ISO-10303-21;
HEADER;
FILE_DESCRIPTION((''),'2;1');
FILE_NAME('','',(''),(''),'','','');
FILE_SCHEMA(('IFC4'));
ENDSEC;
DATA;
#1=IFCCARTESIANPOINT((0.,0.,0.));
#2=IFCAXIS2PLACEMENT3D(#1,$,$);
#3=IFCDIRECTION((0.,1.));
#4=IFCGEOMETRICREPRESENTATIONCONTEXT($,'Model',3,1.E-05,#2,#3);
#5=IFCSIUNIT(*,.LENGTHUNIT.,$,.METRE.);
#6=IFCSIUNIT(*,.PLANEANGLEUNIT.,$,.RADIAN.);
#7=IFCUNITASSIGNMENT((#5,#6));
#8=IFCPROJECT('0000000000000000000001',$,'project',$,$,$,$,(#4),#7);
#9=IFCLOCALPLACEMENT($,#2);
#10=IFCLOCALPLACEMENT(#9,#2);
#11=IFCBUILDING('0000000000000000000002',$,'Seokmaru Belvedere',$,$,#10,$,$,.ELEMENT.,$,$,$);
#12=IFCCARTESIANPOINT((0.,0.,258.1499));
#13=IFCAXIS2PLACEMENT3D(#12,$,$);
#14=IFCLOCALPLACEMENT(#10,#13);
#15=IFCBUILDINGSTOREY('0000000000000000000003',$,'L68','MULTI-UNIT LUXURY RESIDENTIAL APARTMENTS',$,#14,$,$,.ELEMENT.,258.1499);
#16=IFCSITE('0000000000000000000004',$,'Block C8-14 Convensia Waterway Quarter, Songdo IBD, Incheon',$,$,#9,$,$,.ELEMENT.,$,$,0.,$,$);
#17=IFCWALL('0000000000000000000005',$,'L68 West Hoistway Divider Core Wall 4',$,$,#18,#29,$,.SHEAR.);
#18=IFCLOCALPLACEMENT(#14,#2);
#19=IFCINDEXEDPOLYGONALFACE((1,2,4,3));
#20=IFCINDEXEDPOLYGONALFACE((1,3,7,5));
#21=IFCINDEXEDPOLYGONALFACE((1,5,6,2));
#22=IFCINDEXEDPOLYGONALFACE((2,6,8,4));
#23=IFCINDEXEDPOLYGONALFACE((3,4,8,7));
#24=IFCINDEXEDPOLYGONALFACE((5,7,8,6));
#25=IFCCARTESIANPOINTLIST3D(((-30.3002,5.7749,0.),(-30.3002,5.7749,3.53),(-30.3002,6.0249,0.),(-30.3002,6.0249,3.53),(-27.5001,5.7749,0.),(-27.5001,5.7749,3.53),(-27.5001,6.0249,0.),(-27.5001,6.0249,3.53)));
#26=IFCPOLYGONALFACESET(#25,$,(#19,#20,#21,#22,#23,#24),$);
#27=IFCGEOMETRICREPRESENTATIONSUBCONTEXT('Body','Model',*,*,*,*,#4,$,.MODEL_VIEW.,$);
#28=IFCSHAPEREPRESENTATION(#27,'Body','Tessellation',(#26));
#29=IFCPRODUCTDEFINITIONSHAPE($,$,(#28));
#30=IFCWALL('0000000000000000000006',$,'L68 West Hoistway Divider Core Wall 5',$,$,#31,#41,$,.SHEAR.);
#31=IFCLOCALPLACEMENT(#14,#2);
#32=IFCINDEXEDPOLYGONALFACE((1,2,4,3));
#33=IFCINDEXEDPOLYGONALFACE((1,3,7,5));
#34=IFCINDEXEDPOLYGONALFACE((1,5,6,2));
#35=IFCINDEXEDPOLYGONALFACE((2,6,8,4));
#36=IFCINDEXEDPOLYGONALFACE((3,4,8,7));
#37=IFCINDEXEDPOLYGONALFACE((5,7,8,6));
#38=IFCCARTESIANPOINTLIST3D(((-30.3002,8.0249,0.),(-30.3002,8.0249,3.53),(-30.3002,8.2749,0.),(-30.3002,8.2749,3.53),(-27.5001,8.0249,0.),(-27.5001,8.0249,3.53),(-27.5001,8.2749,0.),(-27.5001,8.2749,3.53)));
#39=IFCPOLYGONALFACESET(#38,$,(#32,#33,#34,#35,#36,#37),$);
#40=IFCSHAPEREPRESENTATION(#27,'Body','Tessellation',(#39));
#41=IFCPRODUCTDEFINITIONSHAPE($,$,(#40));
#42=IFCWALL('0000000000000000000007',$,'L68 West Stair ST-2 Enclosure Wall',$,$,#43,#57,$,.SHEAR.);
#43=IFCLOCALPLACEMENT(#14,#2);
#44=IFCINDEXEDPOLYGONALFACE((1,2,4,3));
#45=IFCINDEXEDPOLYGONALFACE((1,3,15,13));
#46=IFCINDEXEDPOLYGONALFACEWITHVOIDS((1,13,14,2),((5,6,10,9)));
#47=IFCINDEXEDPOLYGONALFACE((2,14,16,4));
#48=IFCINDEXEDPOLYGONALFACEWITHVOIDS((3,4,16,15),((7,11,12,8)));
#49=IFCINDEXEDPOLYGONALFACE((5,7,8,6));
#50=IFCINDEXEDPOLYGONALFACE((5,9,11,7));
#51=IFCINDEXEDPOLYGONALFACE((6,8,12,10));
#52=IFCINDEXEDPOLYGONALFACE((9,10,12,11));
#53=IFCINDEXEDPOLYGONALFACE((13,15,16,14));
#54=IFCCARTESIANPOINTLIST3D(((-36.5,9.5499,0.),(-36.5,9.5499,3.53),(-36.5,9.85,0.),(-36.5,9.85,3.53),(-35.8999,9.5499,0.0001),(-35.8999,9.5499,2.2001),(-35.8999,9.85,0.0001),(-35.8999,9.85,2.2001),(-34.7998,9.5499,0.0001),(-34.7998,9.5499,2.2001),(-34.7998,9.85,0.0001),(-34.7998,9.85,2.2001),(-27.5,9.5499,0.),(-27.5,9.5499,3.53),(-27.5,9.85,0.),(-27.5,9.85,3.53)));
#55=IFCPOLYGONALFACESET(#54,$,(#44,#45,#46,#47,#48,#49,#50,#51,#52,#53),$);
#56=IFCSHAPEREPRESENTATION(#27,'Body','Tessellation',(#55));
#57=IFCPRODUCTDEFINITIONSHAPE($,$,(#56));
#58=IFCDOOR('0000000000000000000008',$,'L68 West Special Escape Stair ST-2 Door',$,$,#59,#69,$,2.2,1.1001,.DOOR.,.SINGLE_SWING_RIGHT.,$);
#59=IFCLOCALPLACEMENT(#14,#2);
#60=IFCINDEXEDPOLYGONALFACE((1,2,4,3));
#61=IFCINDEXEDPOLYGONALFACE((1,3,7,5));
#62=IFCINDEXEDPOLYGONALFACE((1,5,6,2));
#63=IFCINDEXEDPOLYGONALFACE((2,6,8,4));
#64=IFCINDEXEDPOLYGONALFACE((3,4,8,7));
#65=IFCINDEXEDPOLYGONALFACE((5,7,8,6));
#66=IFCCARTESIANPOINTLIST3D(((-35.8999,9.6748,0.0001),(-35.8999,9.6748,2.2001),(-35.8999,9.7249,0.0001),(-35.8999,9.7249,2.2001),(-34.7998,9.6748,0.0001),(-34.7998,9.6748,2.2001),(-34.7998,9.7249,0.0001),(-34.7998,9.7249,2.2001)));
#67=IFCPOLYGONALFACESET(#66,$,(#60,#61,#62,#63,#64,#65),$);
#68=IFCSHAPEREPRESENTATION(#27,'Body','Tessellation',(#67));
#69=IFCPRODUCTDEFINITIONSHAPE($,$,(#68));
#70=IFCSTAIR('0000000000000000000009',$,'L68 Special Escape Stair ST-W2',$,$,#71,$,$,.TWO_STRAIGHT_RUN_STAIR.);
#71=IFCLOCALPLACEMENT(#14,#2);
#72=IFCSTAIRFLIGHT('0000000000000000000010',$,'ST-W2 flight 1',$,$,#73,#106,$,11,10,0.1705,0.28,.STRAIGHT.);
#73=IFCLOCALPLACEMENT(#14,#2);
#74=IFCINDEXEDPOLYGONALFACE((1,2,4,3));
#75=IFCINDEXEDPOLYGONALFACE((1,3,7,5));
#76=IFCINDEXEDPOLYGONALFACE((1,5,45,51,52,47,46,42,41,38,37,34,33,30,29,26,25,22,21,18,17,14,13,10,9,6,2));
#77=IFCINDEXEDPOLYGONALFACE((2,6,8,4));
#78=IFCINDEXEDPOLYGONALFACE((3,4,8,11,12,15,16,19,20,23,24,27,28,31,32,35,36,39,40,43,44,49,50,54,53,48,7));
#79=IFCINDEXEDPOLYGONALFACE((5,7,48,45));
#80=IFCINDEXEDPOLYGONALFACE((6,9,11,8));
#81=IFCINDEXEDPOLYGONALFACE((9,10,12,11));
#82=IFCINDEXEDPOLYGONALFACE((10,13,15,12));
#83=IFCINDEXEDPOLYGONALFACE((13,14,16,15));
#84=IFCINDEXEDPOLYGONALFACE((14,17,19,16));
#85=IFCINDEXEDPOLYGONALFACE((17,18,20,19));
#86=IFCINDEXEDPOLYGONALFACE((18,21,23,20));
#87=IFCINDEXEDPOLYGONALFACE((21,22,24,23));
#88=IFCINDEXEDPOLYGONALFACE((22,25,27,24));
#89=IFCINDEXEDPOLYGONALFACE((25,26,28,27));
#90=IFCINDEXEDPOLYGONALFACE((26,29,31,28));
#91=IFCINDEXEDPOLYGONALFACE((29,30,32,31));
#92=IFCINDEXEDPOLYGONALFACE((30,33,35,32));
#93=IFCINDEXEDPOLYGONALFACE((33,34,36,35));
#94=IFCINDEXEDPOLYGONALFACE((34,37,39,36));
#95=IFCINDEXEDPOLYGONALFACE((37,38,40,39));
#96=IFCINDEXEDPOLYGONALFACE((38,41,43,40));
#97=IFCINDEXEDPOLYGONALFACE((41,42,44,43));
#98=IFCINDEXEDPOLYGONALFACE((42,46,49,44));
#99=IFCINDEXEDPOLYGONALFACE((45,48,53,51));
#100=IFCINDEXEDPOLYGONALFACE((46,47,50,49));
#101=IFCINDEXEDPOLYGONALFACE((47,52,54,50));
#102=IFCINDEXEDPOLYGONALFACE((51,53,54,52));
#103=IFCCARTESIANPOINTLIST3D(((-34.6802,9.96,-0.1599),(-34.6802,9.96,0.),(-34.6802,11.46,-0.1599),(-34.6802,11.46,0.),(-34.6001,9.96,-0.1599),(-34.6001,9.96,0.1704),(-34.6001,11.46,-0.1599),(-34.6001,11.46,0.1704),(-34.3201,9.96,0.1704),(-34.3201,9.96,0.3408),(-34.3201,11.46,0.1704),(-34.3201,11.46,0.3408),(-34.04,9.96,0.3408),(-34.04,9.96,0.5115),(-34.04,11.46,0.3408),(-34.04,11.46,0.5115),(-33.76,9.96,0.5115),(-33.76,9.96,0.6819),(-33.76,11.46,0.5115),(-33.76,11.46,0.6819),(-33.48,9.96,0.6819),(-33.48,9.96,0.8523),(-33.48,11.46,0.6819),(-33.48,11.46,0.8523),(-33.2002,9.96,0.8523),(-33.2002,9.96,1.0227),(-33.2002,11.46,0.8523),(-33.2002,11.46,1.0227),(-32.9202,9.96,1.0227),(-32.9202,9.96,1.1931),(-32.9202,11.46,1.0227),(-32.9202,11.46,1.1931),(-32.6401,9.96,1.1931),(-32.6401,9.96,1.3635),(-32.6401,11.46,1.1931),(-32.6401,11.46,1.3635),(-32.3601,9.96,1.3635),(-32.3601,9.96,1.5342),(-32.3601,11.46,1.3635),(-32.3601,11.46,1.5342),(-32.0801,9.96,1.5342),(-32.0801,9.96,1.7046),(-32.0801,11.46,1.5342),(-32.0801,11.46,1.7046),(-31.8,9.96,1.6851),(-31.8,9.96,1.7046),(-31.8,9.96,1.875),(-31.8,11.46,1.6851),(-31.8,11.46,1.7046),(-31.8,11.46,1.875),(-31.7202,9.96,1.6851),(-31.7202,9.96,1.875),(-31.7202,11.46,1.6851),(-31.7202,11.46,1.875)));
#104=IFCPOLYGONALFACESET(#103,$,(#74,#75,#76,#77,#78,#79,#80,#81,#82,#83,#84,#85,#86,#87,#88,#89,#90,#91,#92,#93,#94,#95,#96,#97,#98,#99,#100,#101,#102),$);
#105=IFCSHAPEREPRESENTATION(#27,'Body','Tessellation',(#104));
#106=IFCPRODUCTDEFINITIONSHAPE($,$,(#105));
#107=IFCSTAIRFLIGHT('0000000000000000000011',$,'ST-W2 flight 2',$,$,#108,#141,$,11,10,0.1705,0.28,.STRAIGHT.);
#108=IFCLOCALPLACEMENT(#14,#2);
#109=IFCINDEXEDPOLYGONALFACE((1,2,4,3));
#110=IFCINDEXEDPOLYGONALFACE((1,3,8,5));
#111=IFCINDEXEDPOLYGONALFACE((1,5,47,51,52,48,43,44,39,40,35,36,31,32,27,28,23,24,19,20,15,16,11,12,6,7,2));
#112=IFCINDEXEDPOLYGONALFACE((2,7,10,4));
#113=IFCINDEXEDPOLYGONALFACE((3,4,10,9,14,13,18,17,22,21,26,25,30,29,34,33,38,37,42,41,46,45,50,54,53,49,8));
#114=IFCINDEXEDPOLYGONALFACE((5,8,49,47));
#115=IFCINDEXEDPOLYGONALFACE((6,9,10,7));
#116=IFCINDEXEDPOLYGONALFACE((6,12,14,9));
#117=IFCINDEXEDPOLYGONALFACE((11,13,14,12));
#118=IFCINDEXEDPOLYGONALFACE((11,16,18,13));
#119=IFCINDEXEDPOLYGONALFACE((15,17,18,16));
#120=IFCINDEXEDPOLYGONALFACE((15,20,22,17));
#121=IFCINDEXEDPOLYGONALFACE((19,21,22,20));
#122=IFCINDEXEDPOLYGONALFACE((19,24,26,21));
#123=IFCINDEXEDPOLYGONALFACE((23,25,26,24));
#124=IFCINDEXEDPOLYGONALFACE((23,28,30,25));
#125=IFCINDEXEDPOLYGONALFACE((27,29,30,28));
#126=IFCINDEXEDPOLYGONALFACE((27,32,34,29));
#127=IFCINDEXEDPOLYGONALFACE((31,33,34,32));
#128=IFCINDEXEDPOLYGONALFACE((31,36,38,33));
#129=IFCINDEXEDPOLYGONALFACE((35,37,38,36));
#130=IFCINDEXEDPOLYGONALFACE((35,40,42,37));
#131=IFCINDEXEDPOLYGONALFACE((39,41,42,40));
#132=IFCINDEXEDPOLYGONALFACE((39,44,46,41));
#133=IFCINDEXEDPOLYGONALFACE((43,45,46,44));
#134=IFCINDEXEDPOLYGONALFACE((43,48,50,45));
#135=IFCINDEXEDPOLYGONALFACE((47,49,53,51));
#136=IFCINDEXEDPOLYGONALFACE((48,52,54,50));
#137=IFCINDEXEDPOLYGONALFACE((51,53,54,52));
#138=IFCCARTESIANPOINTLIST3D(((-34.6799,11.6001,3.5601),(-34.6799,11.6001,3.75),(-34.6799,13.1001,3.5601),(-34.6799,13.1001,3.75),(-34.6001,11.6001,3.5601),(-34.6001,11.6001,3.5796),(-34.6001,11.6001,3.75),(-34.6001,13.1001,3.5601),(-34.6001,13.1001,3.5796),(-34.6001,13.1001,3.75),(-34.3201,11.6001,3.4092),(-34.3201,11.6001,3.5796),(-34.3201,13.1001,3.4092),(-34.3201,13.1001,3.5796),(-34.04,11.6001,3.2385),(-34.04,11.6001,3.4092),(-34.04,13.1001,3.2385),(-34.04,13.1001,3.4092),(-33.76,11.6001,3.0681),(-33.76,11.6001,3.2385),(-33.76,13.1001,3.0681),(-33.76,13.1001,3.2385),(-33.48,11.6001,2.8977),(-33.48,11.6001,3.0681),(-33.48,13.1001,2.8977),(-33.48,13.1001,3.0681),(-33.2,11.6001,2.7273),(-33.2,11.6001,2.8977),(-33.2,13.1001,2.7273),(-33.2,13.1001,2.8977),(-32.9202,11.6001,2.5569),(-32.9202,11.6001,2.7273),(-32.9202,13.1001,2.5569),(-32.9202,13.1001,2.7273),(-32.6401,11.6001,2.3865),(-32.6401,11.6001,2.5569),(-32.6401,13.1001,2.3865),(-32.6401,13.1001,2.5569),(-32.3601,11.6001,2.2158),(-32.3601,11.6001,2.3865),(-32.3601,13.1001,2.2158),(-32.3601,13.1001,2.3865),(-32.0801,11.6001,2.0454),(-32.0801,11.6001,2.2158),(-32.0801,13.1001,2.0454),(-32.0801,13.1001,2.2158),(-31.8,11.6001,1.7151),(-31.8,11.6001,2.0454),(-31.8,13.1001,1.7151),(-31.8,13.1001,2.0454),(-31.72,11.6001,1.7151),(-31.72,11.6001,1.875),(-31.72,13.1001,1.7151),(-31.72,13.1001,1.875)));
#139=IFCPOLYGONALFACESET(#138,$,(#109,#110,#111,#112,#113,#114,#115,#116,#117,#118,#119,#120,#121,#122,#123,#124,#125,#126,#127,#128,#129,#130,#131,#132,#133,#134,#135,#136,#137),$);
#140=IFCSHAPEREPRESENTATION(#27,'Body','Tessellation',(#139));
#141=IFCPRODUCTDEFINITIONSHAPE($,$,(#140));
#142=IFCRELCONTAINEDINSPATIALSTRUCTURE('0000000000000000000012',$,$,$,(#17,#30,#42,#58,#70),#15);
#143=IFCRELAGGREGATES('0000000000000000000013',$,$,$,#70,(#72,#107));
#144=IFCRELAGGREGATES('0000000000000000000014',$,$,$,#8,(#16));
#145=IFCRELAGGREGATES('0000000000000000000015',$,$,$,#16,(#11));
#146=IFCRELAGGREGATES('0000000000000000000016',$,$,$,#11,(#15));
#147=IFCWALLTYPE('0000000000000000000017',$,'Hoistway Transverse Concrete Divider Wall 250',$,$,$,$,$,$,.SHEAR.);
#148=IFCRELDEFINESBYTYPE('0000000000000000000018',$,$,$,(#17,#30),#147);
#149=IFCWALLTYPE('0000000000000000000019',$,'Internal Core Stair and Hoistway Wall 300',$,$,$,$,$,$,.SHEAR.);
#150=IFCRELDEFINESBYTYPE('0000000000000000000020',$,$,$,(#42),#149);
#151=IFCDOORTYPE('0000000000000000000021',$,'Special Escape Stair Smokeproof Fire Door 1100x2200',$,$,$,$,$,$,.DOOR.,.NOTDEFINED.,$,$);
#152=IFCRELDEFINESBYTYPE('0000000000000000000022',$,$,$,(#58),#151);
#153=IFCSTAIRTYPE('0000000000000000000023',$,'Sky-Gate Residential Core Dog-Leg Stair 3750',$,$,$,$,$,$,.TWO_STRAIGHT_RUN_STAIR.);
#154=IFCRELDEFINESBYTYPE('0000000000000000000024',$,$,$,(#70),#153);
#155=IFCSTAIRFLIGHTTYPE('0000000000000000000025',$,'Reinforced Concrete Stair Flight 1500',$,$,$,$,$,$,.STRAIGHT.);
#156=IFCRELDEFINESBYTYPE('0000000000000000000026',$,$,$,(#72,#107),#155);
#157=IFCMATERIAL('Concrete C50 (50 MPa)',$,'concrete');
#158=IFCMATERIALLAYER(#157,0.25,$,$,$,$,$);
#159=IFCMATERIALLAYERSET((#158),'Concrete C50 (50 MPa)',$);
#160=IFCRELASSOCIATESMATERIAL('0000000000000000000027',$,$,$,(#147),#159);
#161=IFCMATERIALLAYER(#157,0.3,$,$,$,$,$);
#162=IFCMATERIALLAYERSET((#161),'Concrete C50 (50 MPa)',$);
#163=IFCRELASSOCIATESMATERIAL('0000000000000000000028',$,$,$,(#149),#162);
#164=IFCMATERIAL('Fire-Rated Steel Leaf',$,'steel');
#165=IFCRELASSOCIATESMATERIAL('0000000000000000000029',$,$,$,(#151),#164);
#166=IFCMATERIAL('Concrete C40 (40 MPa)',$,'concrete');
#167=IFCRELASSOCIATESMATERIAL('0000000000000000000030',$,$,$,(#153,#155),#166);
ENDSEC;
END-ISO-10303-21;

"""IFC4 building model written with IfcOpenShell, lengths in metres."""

from ifc_helpers import new_model, si_unit, direction, frame, frame_2d, origin, place, context, subcontext, project, spatial, polyline, rectangle, outline, extrude, source, transform, mapped, material, layer, layer_set, type_object, type_shapes, element, fill, aggregate, save


model = new_model("IFC4")

# Units and contexts
model_context = context("Model", 3, precision=1e-05, world=origin(), true_north=direction((0.0, 1.0)))
body_context = subcontext(model_context, "Body", "Model", "MODEL_VIEW")
ifc_project = project(units=[si_unit("LENGTHUNIT", "METRE"), si_unit("PLANEANGLEUNIT", "RADIAN")], contexts=[model_context])

# Site, building, storey
site_placement = place(None, origin())
site = spatial("IfcSite", under=ifc_project, at=site_placement, Name="Block C8-14 Convensia Waterway Quarter, Songdo IBD, Incheon", CompositionType="ELEMENT", RefElevation=0.0)
building_placement = place(site_placement, origin())
building = spatial("IfcBuilding", under=site, at=building_placement, Name="Seokmaru Belvedere", CompositionType="ELEMENT")
storey_placement = place(building_placement, frame((0.0, 0.0, 258.1499)))
storey = spatial("IfcBuildingStorey", under=building, at=storey_placement, Name="L68", Description="MULTI-UNIT LUXURY RESIDENTIAL APARTMENTS", CompositionType="ELEMENT", Elevation=258.1499)

# Shared definitions
ifc_material_1 = material(Name="Fire-Rated Steel Leaf", Category="steel")

# Walls
ifc_material_2 = material(Name="Concrete C50 (50 MPa)", Category="concrete")
ifc_layer_1 = layer(ifc_material_2, 0.25)
ifc_layer_set_1 = layer_set([ifc_layer_1], Name="Concrete C50 (50 MPa)")
wall_type_1 = type_object("IfcWallType", Name="Hoistway Transverse Concrete Divider Wall 250", PredefinedType="SHEAR", material=ifc_layer_set_1)
for number, where, z_axis, x_axis, name in (
    (1, (-30.3, 5.8999, 0.0), (0.0, 0.0, 1.0), (1.0, 0.0, 0.0), "L68 West Hoistway Divider Core Wall 4"),
    (2, (-30.3, 8.1499, 0.0), (0.0, 0.0, 1.0), (1.0, 0.0, 0.0), "L68 West Hoistway Divider Core Wall 5"),
):
    element("IfcWall", number, at=place(storey_placement, frame(where, z_axis=z_axis, x_axis=x_axis)), inside=storey, type_object=wall_type_1, Name=name, PredefinedType="SHEAR", context=body_context, shape_type="SweptSolid", body=[
        extrude(rectangle(XDim=2.8, YDim=0.25, at=frame_2d((1.3999, 0.0))), origin(), (0.0, 0.0, 1.0), 3.53),
    ])

# Wall, opening, door
ifc_layer_2 = layer(ifc_material_2, 0.3)
ifc_layer_set_2 = layer_set([ifc_layer_2], Name="Concrete C50 (50 MPa)")
wall_type_2 = type_object("IfcWallType", Name="Internal Core Stair and Hoistway Wall 300", PredefinedType="SHEAR", material=ifc_layer_set_2)
wall_1_placement = place(storey_placement, frame((-36.5, 9.7, 0.0), z_axis=(0.0, 0.0, 1.0), x_axis=(1.0, 0.0, 0.0)))
wall_1 = element("IfcWall", 3, at=wall_1_placement, inside=storey, type_object=wall_type_2, Name="L68 West Stair ST-2 Enclosure Wall", PredefinedType="SHEAR", context=body_context, shape_type="SweptSolid", body=[
    extrude(rectangle(XDim=9.0, YDim=0.3, at=frame_2d((4.5, 0.0))), origin(), (0.0, 0.0, 1.0), 3.53),
])
opening_1_placement = place(wall_1_placement, frame((0.6001, 0.0, 0.0)))
opening_1 = element("IfcOpeningElement", 4, at=opening_1_placement, cuts=wall_1, PredefinedType="OPENING", context=body_context, shape_type="SweptSolid", body=[
    extrude(rectangle(XDim=1.1001, YDim=2.2, at=frame_2d((0.55, 1.1001))), frame((0.0, 0.1602, 0.0), z_axis=(0.0, -1.0, 0.0), x_axis=(1.0, 0.0, 0.0)), (0.0, 0.0, 1.0), 0.3201),
])
door_type_1 = type_object("IfcDoorType", Name="Special Escape Stair Smokeproof Fire Door 1100x2200", OperationType="NOTDEFINED", PredefinedType="DOOR", material=ifc_material_1)
shared_shape_1 = source(origin(), body_context, "Body", "SweptSolid", [
    extrude(rectangle(XDim=1.1001, YDim=2.2, at=frame_2d((0.55, 1.1001))), frame((0.0, 0.0249, 0.0), z_axis=(0.0, -1.0, 0.0), x_axis=(1.0, 0.0, 0.0)), (0.0, 0.0, 1.0), 0.05),
])
type_shapes(door_type_1, [shared_shape_1])
door_1_placement = place(opening_1_placement, origin())
door_1 = element("IfcDoor", 5, at=door_1_placement, inside=storey, type_object=door_type_1, Name="L68 West Special Escape Stair ST-2 Door", OperationType="SINGLE_SWING_RIGHT", OverallHeight=2.2, OverallWidth=1.1001, PredefinedType="DOOR", context=body_context, shape_type="MappedRepresentation", body=[
    mapped(shared_shape_1, transform((0.0, 0.0, 0.0), scale=1.0)),
])
fill(opening_1, door_1)

# Stair, stair flights
ifc_material_3 = material(Name="Concrete C40 (40 MPa)", Category="concrete")
stair_type = type_object("IfcStairType", Name="Sky-Gate Residential Core Dog-Leg Stair 3750", PredefinedType="TWO_STRAIGHT_RUN_STAIR", material=ifc_material_3)
stair_placement = place(storey_placement, origin())
stair = element("IfcStair", 6, at=stair_placement, inside=storey, type_object=stair_type, Name="L68 Special Escape Stair ST-W2", PredefinedType="TWO_STRAIGHT_RUN_STAIR")
stair_flight_type = type_object("IfcStairFlightType", Name="Reinforced Concrete Stair Flight 1500", PredefinedType="STRAIGHT", material=ifc_material_3)
stair_flight_1_placement = place(storey_placement, frame((-34.6001, 10.71, 0.0), z_axis=(0.0, 0.0, 1.0), x_axis=(1.0, 0.0, 0.0)))
stair_flight_1 = element("IfcStairFlight", 7, at=stair_flight_1_placement, type_object=stair_flight_type, Name="ST-W2 flight 1", NumberOfRisers=11, NumberOfTreads=10, PredefinedType="STRAIGHT", RiserHeight=0.1705, TreadLength=0.28, context=body_context, shape_type="SweptSolid", body=[
    extrude(outline(polyline([(-0.0801, 0.0), (0.0, 0.1704), (0.28, 0.1704), (0.28, 0.3408), (0.5601, 0.3408), (0.5601, 0.5115), (0.8401, 0.5115), (0.8401, 0.6819), (1.1201, 0.6819), (1.1201, 0.8523), (1.3999, 0.8523), (1.3999, 1.0227), (1.6799, 1.0227), (1.6799, 1.1931), (1.96, 1.1931), (1.96, 1.3635), (2.24, 1.3635), (2.24, 1.5342), (2.52, 1.5342), (2.52, 1.7046), (2.8, 1.7046), (2.8, 1.875), (2.8799, 1.875), (2.8799, 1.6851), (2.8, 1.6851), (0.0, -0.1599), (-0.0801, -0.1599), (-0.0801, 0.0)])), frame((0.0, 0.75, 0.0), z_axis=(0.0, -1.0, 0.0), x_axis=(1.0, 0.0, 0.0)), (0.0, 0.0, 1.0), 1.5),
])
stair_flight_2_placement = place(storey_placement, frame((-31.8, 12.3501, 1.875), z_axis=(0.0, 0.0, 1.0), x_axis=(-1.0, 0.0, 0.0)))
stair_flight_2 = element("IfcStairFlight", 8, at=stair_flight_2_placement, type_object=stair_flight_type, Name="ST-W2 flight 2", NumberOfRisers=11, NumberOfTreads=10, PredefinedType="STRAIGHT", RiserHeight=0.1705, TreadLength=0.28, context=body_context, shape_type="SweptSolid", body=[
    extrude(outline(polyline([(-0.0801, 0.0), (0.0, 0.1704), (0.28, 0.1704), (0.28, 0.3408), (0.5601, 0.3408), (0.5601, 0.5115), (0.8401, 0.5115), (0.8401, 0.6819), (1.1201, 0.6819), (1.1201, 0.8523), (1.3999, 0.8523), (1.3999, 1.0227), (1.6799, 1.0227), (1.6799, 1.1931), (1.96, 1.1931), (1.96, 1.3635), (2.24, 1.3635), (2.24, 1.5342), (2.52, 1.5342), (2.52, 1.7046), (2.8, 1.7046), (2.8, 1.875), (2.8799, 1.875), (2.8799, 1.6851), (2.8, 1.6851), (0.0, -0.1599), (-0.0801, -0.1599), (-0.0801, 0.0)])), frame((0.0, 0.75, 0.0), z_axis=(0.0, -1.0, 0.0), x_axis=(1.0, 0.0, 0.0)), (0.0, 0.0, 1.0), 1.5),
])
aggregate(stair, [stair_flight_1, stair_flight_2])

save(model, "model.ifc")
